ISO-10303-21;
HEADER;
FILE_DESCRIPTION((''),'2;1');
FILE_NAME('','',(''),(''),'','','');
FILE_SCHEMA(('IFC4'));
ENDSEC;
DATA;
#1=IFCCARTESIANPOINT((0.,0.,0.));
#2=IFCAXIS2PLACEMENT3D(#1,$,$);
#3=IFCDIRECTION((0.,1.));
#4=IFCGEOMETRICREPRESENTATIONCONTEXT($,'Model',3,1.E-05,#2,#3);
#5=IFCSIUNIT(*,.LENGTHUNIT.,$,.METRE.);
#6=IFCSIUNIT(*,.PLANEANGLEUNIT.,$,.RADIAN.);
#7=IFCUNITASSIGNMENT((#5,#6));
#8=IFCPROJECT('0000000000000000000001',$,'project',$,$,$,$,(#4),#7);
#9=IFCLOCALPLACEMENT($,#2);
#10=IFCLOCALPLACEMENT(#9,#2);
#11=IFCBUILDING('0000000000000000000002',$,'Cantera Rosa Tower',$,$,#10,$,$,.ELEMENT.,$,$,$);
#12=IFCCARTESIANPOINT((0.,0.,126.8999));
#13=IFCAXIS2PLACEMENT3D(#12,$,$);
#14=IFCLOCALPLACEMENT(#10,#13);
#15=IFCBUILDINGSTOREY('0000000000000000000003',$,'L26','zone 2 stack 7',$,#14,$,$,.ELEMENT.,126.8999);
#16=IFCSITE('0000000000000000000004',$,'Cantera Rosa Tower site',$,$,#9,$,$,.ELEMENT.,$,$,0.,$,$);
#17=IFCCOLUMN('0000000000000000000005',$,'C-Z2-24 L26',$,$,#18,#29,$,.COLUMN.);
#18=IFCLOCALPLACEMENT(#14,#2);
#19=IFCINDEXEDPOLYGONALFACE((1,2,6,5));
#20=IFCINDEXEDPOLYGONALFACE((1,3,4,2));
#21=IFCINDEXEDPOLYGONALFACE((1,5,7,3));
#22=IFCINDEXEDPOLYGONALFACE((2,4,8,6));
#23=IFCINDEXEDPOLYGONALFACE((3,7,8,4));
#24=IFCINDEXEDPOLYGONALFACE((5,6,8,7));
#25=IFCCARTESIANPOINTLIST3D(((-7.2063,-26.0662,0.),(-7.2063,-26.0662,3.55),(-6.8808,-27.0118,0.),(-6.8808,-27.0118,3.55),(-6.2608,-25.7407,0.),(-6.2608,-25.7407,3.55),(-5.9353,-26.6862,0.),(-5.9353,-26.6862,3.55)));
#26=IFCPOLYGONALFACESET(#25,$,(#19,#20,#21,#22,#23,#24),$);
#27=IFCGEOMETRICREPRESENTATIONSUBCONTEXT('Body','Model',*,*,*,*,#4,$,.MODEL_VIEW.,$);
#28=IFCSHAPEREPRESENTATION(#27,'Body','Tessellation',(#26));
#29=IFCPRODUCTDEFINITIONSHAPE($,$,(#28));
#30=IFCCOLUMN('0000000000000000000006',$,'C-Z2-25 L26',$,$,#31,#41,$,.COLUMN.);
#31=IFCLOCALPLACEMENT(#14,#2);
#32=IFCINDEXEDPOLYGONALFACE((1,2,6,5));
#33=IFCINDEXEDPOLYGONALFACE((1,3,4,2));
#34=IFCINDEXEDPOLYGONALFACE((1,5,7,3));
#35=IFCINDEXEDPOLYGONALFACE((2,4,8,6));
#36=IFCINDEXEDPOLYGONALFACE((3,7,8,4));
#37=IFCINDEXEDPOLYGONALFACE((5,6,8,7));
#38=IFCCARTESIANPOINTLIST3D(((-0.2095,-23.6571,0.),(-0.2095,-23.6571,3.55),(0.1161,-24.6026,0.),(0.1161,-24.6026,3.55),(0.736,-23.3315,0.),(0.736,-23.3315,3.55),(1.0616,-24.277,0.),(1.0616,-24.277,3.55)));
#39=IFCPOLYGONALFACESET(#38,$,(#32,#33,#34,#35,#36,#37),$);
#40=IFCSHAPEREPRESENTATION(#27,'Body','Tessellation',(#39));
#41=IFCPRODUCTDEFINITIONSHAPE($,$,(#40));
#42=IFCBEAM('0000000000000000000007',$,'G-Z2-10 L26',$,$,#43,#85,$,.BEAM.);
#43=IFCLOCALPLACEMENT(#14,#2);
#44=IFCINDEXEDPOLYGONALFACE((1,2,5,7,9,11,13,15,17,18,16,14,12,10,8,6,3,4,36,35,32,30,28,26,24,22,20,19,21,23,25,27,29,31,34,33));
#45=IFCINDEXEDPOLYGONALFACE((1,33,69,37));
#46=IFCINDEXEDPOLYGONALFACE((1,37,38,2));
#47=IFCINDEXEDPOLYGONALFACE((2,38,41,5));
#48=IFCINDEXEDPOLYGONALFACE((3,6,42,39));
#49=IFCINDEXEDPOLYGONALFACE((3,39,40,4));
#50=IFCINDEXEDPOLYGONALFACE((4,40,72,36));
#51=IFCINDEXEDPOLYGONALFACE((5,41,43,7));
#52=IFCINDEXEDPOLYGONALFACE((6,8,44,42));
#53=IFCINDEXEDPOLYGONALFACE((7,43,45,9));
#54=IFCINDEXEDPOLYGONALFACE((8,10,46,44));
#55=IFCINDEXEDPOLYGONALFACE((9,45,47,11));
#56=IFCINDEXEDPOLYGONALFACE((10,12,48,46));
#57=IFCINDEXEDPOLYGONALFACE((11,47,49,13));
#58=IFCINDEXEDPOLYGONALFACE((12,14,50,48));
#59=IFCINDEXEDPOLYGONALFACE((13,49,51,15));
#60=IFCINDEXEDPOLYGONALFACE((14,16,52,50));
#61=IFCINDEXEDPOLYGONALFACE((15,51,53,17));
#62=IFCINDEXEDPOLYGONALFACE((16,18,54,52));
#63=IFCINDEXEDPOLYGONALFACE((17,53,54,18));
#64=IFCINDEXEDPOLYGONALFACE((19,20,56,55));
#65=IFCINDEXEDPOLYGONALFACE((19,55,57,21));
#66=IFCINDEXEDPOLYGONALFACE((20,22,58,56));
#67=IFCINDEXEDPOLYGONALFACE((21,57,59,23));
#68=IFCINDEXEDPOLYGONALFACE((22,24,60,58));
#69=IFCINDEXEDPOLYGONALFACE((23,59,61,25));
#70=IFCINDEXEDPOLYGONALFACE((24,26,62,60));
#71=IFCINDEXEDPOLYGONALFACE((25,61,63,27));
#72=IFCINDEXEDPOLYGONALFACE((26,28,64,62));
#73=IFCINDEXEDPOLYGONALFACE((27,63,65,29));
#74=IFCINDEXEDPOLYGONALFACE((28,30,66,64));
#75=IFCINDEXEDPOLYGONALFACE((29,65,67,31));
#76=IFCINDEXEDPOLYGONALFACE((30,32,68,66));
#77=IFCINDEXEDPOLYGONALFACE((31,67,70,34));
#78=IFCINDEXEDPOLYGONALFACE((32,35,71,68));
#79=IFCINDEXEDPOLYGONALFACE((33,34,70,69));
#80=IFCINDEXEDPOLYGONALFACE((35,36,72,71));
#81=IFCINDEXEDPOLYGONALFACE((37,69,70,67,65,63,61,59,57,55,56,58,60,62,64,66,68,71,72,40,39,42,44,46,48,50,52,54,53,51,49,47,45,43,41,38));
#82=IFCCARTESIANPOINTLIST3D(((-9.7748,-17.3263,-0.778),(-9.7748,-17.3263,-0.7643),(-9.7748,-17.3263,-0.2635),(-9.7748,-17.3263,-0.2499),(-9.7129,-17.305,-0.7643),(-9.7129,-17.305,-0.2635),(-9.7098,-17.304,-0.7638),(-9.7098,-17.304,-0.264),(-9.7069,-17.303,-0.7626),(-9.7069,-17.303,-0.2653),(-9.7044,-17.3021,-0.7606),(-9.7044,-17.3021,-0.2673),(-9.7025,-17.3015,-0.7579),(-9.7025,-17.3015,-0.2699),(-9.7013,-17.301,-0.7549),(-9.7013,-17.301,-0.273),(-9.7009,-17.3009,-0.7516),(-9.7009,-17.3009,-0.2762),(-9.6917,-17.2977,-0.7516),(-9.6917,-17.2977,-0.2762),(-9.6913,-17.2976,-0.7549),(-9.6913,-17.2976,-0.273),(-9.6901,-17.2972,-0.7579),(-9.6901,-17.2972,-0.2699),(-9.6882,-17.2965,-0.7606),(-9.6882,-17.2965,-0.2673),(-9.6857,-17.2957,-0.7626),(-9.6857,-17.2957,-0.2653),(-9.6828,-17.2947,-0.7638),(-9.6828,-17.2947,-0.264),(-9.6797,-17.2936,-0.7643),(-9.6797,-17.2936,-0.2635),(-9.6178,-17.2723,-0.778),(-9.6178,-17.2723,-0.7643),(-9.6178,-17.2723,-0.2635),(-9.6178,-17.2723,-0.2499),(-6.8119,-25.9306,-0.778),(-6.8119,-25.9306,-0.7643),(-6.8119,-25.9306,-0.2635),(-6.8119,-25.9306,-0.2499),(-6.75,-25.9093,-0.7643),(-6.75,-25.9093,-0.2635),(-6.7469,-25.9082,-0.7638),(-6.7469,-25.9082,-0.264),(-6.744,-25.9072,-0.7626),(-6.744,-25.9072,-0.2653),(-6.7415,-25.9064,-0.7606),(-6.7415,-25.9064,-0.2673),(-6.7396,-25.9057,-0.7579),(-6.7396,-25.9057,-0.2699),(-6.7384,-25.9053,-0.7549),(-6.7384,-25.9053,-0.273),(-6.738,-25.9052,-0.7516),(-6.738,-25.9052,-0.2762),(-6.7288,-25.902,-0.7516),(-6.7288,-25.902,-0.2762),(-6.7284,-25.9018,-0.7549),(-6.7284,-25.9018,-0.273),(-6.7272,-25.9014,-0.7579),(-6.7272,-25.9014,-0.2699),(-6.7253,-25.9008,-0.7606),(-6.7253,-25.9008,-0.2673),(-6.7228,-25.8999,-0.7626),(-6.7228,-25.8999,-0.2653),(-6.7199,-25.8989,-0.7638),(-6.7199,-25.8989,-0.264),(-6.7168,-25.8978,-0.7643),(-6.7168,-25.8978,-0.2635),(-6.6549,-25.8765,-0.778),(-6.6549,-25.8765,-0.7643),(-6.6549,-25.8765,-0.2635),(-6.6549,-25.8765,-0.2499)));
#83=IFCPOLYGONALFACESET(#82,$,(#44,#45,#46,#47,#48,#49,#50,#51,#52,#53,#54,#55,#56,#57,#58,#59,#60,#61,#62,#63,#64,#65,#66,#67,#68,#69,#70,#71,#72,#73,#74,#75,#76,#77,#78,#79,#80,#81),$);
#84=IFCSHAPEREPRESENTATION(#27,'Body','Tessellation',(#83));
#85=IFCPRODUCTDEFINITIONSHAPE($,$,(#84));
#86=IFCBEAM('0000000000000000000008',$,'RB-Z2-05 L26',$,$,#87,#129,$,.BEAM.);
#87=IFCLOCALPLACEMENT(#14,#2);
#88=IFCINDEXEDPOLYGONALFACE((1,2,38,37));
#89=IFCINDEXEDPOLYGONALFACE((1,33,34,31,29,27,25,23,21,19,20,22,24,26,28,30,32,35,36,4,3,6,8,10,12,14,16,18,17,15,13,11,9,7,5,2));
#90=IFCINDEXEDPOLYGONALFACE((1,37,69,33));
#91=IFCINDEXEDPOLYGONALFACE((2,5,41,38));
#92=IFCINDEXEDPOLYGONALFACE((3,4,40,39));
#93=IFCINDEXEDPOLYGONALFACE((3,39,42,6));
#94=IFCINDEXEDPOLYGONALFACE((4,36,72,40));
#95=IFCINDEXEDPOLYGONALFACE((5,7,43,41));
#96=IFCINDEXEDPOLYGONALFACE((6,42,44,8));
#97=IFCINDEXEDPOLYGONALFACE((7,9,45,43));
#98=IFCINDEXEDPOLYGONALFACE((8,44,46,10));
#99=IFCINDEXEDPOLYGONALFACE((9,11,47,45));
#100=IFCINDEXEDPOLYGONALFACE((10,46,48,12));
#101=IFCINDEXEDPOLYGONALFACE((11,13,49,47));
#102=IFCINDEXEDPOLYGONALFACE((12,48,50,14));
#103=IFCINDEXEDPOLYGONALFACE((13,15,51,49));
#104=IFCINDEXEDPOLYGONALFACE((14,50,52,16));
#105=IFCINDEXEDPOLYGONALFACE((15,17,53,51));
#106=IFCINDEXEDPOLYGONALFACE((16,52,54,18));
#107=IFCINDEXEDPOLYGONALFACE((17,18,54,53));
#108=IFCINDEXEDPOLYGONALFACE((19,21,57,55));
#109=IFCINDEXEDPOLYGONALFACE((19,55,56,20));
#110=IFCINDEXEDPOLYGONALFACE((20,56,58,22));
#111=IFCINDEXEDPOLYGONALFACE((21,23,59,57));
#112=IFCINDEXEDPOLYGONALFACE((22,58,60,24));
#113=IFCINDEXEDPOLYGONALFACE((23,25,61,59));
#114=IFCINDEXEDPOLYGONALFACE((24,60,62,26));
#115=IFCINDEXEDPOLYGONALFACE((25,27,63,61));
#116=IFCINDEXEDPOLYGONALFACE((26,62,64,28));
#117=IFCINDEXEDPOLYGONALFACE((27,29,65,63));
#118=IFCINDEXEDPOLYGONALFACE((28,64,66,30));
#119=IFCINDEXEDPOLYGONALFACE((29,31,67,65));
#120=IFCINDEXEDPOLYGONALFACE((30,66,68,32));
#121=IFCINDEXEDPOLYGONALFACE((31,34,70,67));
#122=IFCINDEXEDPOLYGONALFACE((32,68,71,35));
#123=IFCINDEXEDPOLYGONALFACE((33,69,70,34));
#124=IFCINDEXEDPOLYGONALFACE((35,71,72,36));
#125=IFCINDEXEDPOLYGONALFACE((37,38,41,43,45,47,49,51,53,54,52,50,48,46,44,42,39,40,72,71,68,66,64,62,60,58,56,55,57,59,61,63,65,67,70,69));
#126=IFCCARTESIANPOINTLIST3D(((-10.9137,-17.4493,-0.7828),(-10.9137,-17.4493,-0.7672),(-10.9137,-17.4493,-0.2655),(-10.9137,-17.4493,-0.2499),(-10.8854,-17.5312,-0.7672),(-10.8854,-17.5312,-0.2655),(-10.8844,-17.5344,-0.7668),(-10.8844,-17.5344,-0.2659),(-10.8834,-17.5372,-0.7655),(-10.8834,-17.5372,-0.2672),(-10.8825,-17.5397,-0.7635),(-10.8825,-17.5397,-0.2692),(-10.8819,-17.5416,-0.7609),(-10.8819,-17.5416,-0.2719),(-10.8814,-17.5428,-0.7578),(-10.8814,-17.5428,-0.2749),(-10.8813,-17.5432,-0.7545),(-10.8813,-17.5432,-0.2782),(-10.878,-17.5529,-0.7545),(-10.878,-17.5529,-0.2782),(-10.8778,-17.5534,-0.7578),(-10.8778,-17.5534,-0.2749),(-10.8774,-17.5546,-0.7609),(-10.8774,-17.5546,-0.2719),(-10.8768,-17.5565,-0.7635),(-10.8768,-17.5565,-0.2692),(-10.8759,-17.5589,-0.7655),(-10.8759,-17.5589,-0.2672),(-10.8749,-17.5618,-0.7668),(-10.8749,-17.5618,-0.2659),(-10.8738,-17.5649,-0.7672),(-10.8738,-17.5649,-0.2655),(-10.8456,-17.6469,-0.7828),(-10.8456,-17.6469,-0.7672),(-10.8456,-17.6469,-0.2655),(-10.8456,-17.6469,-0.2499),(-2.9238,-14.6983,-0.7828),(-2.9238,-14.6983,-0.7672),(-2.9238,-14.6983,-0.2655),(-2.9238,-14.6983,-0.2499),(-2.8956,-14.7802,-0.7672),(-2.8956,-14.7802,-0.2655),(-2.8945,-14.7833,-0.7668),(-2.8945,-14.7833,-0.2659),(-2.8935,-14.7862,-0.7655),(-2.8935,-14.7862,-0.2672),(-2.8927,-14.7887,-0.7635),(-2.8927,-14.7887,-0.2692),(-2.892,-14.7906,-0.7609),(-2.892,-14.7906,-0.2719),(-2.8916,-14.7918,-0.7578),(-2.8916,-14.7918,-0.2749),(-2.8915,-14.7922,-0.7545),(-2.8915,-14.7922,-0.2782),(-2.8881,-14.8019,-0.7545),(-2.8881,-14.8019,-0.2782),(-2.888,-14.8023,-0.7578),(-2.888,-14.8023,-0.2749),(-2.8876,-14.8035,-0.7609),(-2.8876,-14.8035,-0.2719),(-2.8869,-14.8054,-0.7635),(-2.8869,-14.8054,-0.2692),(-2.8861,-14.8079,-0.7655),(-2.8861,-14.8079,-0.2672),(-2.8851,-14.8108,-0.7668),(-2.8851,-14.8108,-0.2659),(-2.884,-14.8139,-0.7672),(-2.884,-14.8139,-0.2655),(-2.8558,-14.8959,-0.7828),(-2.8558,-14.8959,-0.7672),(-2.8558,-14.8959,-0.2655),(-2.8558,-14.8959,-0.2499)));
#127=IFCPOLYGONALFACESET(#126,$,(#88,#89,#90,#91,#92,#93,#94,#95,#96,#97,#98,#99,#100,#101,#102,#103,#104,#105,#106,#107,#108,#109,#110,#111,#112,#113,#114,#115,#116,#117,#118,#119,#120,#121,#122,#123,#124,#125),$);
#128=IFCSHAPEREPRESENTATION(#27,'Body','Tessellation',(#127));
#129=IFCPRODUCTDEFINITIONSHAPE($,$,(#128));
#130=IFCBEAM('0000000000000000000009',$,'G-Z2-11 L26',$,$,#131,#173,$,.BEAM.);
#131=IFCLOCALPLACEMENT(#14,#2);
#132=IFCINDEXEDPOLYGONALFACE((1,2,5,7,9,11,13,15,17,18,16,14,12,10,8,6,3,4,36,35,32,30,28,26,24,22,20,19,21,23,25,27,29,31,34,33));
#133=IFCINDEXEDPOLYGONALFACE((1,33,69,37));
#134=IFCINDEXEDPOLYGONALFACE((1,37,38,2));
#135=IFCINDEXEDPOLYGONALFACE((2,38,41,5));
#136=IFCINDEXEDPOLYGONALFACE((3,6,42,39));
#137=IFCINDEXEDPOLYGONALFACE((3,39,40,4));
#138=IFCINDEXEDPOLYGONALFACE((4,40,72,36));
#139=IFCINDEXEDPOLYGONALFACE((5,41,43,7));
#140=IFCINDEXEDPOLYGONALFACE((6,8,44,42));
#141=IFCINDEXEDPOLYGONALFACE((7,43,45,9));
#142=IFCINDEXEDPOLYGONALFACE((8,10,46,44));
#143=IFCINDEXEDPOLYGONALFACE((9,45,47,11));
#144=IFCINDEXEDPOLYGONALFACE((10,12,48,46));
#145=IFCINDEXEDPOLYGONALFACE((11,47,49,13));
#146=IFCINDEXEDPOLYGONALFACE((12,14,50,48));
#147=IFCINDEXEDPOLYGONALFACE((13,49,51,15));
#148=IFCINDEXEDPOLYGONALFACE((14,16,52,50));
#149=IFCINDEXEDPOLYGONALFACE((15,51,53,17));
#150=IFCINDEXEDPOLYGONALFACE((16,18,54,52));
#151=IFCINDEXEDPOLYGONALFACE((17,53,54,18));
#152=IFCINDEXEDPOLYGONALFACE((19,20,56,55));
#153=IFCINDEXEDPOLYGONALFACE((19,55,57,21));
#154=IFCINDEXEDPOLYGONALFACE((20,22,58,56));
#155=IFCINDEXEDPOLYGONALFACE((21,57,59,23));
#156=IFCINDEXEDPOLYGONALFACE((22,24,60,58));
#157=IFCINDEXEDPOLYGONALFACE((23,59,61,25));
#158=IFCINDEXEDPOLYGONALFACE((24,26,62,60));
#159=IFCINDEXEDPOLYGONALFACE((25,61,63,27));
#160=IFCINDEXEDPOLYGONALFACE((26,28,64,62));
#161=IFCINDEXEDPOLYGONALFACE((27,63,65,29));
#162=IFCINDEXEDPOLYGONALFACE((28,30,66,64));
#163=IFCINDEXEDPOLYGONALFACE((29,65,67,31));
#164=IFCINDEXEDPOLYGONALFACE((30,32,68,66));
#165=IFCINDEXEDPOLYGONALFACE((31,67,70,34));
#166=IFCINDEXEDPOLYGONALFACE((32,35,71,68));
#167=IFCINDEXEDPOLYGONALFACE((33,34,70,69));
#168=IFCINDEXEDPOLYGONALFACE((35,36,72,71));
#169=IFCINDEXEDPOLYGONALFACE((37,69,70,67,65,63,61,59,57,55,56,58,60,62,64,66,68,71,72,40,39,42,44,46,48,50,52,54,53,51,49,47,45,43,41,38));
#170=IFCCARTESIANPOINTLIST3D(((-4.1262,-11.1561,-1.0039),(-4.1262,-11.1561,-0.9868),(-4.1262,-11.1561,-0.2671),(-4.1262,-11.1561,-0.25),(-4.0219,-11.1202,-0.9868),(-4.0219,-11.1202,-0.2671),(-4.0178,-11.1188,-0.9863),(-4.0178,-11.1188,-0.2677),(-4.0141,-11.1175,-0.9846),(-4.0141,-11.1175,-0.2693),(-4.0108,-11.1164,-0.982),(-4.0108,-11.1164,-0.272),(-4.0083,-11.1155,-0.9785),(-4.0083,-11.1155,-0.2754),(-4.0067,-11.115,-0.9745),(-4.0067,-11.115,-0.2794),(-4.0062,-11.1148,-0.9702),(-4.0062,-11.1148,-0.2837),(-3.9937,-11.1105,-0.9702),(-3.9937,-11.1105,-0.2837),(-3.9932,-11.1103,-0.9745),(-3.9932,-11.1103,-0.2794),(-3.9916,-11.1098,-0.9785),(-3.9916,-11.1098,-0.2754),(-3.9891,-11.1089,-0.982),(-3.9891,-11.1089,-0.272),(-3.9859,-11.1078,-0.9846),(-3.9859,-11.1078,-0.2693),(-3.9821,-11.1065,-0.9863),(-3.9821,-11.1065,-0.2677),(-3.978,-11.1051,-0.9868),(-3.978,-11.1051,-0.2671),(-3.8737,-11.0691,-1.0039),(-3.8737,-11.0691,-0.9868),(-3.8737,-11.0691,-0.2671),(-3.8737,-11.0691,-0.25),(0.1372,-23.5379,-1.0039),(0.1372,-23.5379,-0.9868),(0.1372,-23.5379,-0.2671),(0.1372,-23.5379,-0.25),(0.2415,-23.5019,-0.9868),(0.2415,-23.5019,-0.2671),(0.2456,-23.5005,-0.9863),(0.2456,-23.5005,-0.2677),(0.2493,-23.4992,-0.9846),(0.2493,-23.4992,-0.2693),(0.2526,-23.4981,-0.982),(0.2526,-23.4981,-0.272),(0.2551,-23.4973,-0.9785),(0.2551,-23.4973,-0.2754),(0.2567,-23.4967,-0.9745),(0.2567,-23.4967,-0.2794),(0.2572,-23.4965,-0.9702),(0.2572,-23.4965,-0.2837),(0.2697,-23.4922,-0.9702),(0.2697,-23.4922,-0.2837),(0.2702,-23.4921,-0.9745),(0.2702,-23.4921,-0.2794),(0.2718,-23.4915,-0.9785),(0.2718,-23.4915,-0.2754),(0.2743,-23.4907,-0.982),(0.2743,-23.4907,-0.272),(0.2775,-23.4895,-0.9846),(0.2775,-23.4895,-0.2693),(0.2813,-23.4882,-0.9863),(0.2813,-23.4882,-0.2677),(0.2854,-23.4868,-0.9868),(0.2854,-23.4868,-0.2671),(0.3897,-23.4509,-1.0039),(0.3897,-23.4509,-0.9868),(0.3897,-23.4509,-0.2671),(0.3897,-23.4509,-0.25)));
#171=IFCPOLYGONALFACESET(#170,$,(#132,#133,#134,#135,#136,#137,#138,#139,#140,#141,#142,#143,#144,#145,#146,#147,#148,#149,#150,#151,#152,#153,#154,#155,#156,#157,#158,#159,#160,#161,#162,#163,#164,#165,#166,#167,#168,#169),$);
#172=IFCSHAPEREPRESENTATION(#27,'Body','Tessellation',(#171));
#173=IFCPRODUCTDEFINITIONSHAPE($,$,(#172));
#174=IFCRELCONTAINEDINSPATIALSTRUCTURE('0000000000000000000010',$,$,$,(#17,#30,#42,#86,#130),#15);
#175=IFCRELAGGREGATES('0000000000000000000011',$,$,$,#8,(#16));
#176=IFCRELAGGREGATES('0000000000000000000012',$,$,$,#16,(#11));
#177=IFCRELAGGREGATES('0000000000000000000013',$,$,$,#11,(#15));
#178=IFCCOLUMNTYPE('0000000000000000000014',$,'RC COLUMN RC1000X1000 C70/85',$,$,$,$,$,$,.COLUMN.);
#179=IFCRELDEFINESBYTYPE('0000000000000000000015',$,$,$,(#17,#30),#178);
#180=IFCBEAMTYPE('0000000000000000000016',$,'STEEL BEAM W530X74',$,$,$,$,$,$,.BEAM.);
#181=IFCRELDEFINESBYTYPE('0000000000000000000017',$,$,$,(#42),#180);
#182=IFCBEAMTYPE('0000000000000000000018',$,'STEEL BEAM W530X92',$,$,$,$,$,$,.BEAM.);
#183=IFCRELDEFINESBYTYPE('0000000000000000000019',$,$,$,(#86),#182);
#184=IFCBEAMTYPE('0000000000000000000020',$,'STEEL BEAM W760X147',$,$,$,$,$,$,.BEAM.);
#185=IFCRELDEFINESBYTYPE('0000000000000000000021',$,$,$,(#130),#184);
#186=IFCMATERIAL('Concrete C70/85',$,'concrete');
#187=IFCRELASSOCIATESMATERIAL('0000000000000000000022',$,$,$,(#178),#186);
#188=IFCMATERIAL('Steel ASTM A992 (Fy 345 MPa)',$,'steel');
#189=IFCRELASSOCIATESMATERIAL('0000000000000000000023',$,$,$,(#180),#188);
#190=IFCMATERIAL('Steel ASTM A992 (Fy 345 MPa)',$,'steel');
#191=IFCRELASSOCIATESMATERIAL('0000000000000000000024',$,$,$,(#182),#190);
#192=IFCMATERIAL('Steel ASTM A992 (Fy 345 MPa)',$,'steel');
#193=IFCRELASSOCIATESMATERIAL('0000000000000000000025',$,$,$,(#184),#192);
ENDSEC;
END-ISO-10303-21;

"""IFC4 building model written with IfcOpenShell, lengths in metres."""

from ifc_helpers import new_model, si_unit, direction, frame, origin, origin_2d, place, context, subcontext, project, spatial, rectangle, i_section, extrude, material, material_profile, profile_set, type_object, element, save


model = new_model("IFC4")

# Units and contexts
model_context = context("Model", 3, precision=1e-05, world=origin(), true_north=direction((0.0, 1.0)))
body_context = subcontext(model_context, "Body", "Model", "MODEL_VIEW")
ifc_project = project(units=[si_unit("LENGTHUNIT", "METRE"), si_unit("PLANEANGLEUNIT", "RADIAN")], contexts=[model_context])

# Site, building, storey
site_placement = place(None, origin())
site = spatial("IfcSite", under=ifc_project, at=site_placement, Name="Cantera Rosa Tower site", CompositionType="ELEMENT", RefElevation=0.0)
building_placement = place(site_placement, origin())
building = spatial("IfcBuilding", under=site, at=building_placement, Name="Cantera Rosa Tower", CompositionType="ELEMENT")
storey_placement = place(building_placement, frame((0.0, 0.0, 126.8999)))
storey = spatial("IfcBuildingStorey", under=building, at=storey_placement, Name="L26", Description="zone 2 stack 7", CompositionType="ELEMENT", Elevation=126.8999)

# Columns
ifc_material_1 = material(Name="Concrete C70/85", Category="concrete")
ifc_material_profile_1 = material_profile(ifc_material_1, rectangle(XDim=1.0, YDim=1.0, at=origin_2d()), Name="RC COLUMN RC1000X1000 C70/85")
ifc_profile_set_1 = profile_set([ifc_material_profile_1], Name="Concrete C70/85")
column_type = type_object("IfcColumnType", Name="RC COLUMN RC1000X1000 C70/85", PredefinedType="COLUMN", material=ifc_profile_set_1)
for number, where, z_axis, x_axis, name in (
    (1, (-6.5708, -26.3762, 0.0), (0.0, 0.0, 1.0), (0.945519, 0.325568, 0.0), "C-Z2-24 L26"),
    (2, (0.426, -23.967, 0.0), (0.0, 0.0, 1.0), (0.945519, 0.325568, 0.0), "C-Z2-25 L26"),
):
    element("IfcColumn", number, at=place(storey_placement, frame(where, z_axis=z_axis, x_axis=x_axis)), inside=storey, type_object=column_type, Name=name, PredefinedType="COLUMN", context=body_context, shape_type="SweptSolid", body=[
        extrude(rectangle(XDim=1.0, YDim=1.0, at=origin_2d()), origin(), (0.0, 0.0, 1.0), 3.55),
    ])

# Beams
ifc_material_2 = material(Name="Steel ASTM A992 (Fy 345 MPa)", Category="steel")
ifc_material_profile_2 = material_profile(ifc_material_2, i_section(OverallWidth=0.166, OverallDepth=0.5281, WebThickness=0.0098, FlangeThickness=0.0137, FilletRadius=0.0127, at=origin_2d()), Name="W530X74")
ifc_profile_set_2 = profile_set([ifc_material_profile_2], Name="Steel ASTM A992 (Fy 345 MPa)")
beam_type_1 = type_object("IfcBeamType", Name="STEEL BEAM W530X74", PredefinedType="BEAM", material=ifc_profile_set_2)
beam_1_placement = place(storey_placement, frame((-6.7334, -25.9036, -0.5139), z_axis=(-0.325589, 0.945511, 0.0), x_axis=(-0.945511, -0.325589, 0.0)))
element("IfcBeam", 3, at=beam_1_placement, inside=storey, type_object=beam_type_1, Name="G-Z2-10 L26", PredefinedType="BEAM", context=body_context, shape_type="SweptSolid", body=[
    extrude(i_section(OverallWidth=0.166, OverallDepth=0.5281, WebThickness=0.0098, FlangeThickness=0.0137, FilletRadius=0.0127, at=origin_2d()), origin(), (0.0, 0.0, 1.0), 9.1001),
])
ifc_material_3 = material(Name="Steel ASTM A992 (Fy 345 MPa)", Category="steel")
ifc_material_profile_3 = material_profile(ifc_material_3, i_section(OverallWidth=0.209, OverallDepth=0.533, WebThickness=0.0103, FlangeThickness=0.0156, FilletRadius=0.0127, at=origin_2d()), Name="W530X92")
ifc_profile_set_3 = profile_set([ifc_material_profile_3], Name="Steel ASTM A992 (Fy 345 MPa)")
beam_type_2 = type_object("IfcBeamType", Name="STEEL BEAM W530X92", PredefinedType="BEAM", material=ifc_profile_set_3)
beam_2_placement = place(storey_placement, frame((-10.8796, -17.5481, -0.5164), z_axis=(0.945523, 0.325556, 0.0), x_axis=(-0.325556, 0.945523, 0.0)))
element("IfcBeam", 4, at=beam_2_placement, inside=storey, type_object=beam_type_2, Name="RB-Z2-05 L26", PredefinedType="BEAM", context=body_context, shape_type="SweptSolid", body=[
    extrude(i_section(OverallWidth=0.209, OverallDepth=0.533, WebThickness=0.0103, FlangeThickness=0.0156, FilletRadius=0.0127, at=origin_2d()), origin(), (0.0, 0.0, 1.0), 8.4502),
])
ifc_material_4 = material(Name="Steel ASTM A992 (Fy 345 MPa)", Category="steel")
ifc_material_profile_4 = material_profile(ifc_material_4, i_section(OverallWidth=0.2671, OverallDepth=0.7539, WebThickness=0.0132, FlangeThickness=0.0171, FilletRadius=0.0166, at=origin_2d()), Name="W760X147")
ifc_profile_set_4 = profile_set([ifc_material_profile_4], Name="Steel ASTM A992 (Fy 345 MPa)")
beam_type_3 = type_object("IfcBeamType", Name="STEEL BEAM W760X147", PredefinedType="BEAM", material=ifc_profile_set_4)
beam_3_placement = place(storey_placement, frame((0.2634, -23.4944, -0.627), z_axis=(-0.32557, 0.945518, 0.0), x_axis=(-0.945518, -0.32557, 0.0)))
element("IfcBeam", 5, at=beam_3_placement, inside=storey, type_object=beam_type_3, Name="G-Z2-11 L26", PredefinedType="BEAM", context=body_context, shape_type="SweptSolid", body=[
    extrude(i_section(OverallWidth=0.2671, OverallDepth=0.7539, WebThickness=0.0132, FlangeThickness=0.0171, FilletRadius=0.0166, at=origin_2d()), origin(), (0.0, 0.0, 1.0), 13.0952),
])

save(model, "model.ifc")
